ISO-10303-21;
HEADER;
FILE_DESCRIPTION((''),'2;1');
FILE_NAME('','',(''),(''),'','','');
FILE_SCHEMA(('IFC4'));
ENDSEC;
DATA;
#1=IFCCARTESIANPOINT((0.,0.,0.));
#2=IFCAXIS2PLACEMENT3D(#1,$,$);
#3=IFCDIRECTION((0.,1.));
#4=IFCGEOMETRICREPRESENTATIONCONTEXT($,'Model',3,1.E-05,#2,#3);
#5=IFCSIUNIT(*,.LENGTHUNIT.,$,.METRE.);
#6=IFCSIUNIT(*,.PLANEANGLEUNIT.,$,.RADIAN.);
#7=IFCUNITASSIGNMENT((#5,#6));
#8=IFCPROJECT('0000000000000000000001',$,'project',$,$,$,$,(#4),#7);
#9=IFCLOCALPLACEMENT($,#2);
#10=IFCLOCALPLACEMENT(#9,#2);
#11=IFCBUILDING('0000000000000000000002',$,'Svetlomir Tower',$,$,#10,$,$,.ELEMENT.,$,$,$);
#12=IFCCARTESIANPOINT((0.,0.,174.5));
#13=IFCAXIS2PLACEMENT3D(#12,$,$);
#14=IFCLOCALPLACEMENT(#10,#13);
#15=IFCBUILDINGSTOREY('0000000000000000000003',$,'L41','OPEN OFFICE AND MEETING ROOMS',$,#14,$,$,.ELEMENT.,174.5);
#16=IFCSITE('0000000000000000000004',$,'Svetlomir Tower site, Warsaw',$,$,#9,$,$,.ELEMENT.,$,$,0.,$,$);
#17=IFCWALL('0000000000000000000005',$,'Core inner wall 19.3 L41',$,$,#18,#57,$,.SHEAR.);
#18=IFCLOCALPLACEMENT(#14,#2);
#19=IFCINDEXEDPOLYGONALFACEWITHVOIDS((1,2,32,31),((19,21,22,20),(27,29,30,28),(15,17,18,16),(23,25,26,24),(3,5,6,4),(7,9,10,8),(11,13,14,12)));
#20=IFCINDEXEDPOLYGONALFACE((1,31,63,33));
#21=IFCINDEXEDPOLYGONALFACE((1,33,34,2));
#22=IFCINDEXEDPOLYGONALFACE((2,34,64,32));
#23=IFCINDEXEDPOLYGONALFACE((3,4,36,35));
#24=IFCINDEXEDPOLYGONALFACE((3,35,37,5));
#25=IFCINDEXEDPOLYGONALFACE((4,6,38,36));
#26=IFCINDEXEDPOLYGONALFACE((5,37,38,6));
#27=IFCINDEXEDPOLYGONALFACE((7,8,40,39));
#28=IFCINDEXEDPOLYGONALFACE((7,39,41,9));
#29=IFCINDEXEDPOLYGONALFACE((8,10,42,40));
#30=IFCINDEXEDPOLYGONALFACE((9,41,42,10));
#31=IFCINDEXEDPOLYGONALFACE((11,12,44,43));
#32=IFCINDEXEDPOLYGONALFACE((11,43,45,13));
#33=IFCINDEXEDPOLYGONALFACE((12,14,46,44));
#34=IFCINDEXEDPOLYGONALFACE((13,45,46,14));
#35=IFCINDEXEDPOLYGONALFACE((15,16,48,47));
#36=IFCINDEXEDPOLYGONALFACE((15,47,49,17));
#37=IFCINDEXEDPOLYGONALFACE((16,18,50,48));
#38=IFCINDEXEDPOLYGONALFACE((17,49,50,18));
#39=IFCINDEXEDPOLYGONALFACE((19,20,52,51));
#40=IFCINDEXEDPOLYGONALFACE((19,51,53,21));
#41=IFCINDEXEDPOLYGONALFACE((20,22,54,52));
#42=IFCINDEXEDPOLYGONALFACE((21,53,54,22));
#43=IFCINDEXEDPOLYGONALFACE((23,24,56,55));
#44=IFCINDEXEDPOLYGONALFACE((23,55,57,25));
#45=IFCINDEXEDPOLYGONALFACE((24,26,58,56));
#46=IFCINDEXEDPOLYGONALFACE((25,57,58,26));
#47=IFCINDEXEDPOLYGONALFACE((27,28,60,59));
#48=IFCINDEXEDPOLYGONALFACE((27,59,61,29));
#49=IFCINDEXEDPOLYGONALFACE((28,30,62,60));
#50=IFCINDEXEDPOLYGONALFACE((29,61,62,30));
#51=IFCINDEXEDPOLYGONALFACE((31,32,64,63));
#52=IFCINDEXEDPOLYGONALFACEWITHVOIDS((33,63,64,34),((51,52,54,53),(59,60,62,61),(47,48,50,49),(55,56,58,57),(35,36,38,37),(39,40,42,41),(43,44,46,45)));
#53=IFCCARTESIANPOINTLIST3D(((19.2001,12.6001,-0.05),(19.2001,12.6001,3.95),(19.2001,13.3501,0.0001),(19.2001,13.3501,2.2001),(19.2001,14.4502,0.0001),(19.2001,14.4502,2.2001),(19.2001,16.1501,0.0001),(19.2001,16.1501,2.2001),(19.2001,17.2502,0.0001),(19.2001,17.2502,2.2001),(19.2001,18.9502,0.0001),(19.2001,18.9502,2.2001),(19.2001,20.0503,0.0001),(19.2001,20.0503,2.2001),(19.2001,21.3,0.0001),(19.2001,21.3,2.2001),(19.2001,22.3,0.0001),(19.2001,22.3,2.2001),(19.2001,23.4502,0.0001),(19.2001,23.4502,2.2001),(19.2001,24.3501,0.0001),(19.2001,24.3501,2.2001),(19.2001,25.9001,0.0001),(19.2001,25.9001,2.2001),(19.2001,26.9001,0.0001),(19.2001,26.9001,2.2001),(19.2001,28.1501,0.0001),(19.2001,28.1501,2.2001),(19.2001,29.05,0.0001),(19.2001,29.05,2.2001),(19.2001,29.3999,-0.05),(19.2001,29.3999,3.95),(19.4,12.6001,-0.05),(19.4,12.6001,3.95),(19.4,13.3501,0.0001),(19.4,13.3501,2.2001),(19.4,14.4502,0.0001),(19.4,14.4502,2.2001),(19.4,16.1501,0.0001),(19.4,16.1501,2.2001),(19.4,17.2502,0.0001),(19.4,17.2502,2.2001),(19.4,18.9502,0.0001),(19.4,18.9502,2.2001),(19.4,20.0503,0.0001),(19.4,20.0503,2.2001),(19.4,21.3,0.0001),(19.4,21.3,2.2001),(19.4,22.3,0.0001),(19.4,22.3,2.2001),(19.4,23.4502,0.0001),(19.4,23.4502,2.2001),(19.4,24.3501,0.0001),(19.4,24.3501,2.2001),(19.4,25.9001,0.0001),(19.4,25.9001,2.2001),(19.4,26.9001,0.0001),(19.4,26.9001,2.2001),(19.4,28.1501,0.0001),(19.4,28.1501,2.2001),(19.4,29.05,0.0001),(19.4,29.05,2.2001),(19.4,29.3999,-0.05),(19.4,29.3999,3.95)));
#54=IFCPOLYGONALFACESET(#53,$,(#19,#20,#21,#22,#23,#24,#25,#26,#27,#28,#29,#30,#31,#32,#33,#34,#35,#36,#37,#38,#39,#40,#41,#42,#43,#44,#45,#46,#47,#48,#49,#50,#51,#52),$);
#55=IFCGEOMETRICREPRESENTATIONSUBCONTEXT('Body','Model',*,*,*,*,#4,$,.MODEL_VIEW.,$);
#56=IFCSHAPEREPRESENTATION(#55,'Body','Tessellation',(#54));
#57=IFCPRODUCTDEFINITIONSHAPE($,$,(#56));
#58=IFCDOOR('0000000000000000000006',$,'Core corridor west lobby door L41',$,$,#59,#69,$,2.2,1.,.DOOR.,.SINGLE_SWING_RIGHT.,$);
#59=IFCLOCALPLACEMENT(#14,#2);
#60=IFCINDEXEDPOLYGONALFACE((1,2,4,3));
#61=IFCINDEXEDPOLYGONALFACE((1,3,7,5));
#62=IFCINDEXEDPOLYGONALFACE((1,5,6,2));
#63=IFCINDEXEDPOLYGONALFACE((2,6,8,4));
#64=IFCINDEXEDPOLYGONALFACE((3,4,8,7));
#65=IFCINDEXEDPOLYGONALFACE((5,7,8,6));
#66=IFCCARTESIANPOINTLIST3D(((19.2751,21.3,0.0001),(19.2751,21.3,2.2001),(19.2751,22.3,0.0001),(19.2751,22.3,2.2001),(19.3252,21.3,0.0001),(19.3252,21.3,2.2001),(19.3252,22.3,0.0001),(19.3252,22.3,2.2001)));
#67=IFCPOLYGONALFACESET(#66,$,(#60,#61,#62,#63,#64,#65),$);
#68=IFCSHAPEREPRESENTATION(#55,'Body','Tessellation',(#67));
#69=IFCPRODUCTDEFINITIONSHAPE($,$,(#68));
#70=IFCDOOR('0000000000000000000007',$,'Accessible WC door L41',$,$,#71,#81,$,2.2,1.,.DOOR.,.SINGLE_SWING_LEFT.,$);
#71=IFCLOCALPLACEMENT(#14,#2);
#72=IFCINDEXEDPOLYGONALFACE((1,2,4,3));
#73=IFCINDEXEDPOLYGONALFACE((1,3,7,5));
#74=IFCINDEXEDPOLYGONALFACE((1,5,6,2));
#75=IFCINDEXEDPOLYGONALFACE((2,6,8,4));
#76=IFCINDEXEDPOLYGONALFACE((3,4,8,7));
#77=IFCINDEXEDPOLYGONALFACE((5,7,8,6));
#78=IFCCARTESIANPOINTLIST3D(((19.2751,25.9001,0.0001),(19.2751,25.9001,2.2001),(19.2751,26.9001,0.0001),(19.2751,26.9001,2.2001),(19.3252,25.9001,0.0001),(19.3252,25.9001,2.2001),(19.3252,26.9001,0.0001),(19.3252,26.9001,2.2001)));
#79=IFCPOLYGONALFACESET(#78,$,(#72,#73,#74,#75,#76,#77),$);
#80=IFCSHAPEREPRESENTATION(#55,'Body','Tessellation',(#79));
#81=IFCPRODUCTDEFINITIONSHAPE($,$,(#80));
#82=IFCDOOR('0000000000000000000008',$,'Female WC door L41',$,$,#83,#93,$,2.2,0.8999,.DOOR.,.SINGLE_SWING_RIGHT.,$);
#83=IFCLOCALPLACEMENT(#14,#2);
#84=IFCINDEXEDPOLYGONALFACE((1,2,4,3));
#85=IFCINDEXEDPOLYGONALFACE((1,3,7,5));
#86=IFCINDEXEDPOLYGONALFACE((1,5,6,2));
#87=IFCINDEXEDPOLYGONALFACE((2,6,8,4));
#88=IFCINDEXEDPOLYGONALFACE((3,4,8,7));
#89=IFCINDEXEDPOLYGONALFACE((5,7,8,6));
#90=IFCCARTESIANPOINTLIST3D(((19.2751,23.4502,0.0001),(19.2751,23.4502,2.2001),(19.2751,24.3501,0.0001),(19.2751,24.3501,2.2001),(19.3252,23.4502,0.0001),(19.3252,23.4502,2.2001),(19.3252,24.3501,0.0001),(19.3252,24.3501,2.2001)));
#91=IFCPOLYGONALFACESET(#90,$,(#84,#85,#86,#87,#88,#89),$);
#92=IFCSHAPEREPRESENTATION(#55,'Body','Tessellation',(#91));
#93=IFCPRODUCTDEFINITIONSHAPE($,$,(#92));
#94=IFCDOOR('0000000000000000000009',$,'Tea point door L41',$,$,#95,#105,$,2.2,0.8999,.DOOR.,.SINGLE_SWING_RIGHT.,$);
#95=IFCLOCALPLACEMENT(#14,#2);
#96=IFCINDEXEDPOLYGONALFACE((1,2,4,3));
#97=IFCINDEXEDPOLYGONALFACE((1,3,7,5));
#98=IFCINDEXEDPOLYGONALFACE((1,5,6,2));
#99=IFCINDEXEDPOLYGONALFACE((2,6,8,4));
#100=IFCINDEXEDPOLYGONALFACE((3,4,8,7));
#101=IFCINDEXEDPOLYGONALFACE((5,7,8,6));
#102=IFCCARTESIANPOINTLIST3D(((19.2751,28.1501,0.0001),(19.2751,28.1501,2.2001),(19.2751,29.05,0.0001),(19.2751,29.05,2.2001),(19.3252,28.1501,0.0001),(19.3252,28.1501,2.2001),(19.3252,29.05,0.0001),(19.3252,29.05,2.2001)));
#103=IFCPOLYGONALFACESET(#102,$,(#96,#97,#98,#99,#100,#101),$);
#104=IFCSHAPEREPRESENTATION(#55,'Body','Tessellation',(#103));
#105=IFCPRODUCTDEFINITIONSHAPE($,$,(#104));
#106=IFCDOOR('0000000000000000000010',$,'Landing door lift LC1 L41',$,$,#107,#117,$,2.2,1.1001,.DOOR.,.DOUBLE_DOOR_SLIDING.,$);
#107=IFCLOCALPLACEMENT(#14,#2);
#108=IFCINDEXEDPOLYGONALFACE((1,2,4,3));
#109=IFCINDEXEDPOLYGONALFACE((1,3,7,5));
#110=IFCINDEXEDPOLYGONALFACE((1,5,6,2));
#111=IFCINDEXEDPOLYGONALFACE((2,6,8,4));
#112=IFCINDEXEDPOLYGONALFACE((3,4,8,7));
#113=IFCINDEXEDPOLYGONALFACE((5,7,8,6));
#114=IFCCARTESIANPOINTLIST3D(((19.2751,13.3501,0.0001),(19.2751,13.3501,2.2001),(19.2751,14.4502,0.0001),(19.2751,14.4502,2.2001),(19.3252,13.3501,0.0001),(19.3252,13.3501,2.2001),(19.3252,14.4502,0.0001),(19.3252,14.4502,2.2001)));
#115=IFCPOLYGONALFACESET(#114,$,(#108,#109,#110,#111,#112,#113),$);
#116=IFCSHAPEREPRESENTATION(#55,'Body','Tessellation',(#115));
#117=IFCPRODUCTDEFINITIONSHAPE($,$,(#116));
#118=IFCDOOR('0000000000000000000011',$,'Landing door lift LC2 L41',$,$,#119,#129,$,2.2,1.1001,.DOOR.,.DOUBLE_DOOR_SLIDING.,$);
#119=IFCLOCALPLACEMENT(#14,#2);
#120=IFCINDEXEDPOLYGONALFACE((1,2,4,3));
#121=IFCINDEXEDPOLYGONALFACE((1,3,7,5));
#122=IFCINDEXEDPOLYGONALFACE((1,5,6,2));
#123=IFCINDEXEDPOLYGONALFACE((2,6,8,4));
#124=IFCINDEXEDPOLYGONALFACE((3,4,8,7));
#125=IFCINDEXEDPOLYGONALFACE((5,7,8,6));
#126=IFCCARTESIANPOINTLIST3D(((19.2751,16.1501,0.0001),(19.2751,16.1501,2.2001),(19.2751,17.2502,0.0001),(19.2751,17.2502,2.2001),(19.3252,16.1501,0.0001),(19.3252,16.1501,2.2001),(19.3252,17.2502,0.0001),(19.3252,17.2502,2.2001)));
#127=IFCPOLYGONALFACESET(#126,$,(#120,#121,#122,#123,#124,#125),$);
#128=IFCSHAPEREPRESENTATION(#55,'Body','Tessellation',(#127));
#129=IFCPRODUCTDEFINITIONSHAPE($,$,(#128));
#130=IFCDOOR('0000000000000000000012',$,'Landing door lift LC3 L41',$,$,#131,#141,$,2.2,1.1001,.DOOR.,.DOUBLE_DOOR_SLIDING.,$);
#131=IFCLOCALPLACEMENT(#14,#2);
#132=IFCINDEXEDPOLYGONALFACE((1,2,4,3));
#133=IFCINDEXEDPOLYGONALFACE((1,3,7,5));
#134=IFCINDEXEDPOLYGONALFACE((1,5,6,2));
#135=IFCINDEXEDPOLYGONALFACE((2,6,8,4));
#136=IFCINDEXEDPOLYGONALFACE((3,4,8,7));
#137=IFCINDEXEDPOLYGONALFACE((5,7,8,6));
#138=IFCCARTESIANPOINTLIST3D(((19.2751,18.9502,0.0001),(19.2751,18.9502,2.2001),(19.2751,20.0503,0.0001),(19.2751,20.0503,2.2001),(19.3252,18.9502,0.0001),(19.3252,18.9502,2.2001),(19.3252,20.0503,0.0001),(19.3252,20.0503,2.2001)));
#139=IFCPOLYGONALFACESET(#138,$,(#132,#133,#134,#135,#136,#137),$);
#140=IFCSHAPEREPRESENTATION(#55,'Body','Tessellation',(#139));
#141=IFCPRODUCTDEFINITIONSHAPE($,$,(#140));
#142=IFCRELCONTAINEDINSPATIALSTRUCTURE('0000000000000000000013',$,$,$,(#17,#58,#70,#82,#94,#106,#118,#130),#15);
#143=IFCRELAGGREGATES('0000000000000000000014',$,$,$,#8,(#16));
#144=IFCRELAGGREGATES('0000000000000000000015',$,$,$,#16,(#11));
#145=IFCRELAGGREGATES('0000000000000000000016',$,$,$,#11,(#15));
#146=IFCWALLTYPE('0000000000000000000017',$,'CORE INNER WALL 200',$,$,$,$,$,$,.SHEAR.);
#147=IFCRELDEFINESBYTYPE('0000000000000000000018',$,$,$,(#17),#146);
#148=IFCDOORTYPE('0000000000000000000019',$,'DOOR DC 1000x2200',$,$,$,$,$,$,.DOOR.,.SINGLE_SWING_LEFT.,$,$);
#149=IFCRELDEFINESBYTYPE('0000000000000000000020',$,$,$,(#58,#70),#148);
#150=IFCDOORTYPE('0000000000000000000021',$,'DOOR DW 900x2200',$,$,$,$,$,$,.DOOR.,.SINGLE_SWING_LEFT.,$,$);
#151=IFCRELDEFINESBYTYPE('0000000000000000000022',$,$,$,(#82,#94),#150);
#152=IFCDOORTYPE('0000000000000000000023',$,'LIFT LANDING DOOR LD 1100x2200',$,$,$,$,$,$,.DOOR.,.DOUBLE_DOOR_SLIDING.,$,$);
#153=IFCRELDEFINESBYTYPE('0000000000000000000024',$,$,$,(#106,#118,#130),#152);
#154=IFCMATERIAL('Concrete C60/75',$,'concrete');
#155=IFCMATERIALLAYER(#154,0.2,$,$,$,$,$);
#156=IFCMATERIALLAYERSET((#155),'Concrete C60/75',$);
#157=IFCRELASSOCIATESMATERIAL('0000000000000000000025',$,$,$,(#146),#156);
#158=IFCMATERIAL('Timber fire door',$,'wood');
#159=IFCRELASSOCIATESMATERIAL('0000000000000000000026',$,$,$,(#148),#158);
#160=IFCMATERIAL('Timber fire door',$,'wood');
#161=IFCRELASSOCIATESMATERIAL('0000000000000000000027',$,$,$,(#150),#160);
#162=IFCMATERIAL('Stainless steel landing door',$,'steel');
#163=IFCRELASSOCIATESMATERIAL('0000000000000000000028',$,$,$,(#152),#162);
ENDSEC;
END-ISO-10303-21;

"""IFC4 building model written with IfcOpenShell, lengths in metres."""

from ifc_helpers import new_model, si_unit, direction, frame, frame_2d, origin, place, context, subcontext, project, spatial, rectangle, extrude, material, layer, layer_set, type_object, element, fill, save


model = new_model("IFC4")

# Units and contexts
model_context = context("Model", 3, precision=1e-05, world=origin(), true_north=direction((0.0, 1.0)))
body_context = subcontext(model_context, "Body", "Model", "MODEL_VIEW")
ifc_project = project(units=[si_unit("LENGTHUNIT", "METRE"), si_unit("PLANEANGLEUNIT", "RADIAN")], contexts=[model_context])

# Site, building, storey
site_placement = place(None, origin())
site = spatial("IfcSite", under=ifc_project, at=site_placement, Name="Svetlomir Tower site, Warsaw", CompositionType="ELEMENT", RefElevation=0.0)
building_placement = place(site_placement, origin())
building = spatial("IfcBuilding", under=site, at=building_placement, Name="Svetlomir Tower", CompositionType="ELEMENT")
storey_placement = place(building_placement, frame((0.0, 0.0, 174.5)))
storey = spatial("IfcBuildingStorey", under=building, at=storey_placement, Name="L41", Description="OPEN OFFICE AND MEETING ROOMS", CompositionType="ELEMENT", Elevation=174.5)

# Shared definitions
ifc_material_1 = material(Name="Concrete C60/75", Category="concrete")
ifc_layer_1 = layer(ifc_material_1, 0.2)
ifc_layer_set_1 = layer_set([ifc_layer_1], Name="Concrete C60/75")
wall_type_1 = type_object("IfcWallType", Name="CORE INNER WALL 200", PredefinedType="SHEAR", material=ifc_layer_set_1)

# Wall, openings, doors
wall_1_placement = place(storey_placement, frame((19.3, 12.6001, -0.05), z_axis=(0.0, 0.0, 1.0), x_axis=(0.0, 1.0, 0.0)))
wall_1 = element("IfcWall", 1, at=wall_1_placement, inside=storey, type_object=wall_type_1, Name="Core inner wall 19.3 L41", PredefinedType="SHEAR", context=body_context, shape_type="SweptSolid", body=[
    extrude(rectangle(XDim=16.7998, YDim=0.2, at=frame_2d((8.3999, 0.0))), origin(), (0.0, 0.0, 1.0), 4.0),
])
opening_1_placement = place(wall_1_placement, frame((8.7, 0.0, 0.05)))
opening_1 = element("IfcOpeningElement", 2, at=opening_1_placement, cuts=wall_1, PredefinedType="OPENING", context=body_context, shape_type="SweptSolid", body=[
    extrude(rectangle(XDim=1.0, YDim=2.2, at=frame_2d((0.5, 1.1001))), frame((0.0, 0.1099, 0.0), z_axis=(0.0, -1.0, 0.0), x_axis=(1.0, 0.0, 0.0)), (0.0, 0.0, 1.0), 0.22),
])
opening_2_placement = place(wall_1_placement, frame((10.8501, 0.0, 0.05)))
opening_2 = element("IfcOpeningElement", 3, at=opening_2_placement, cuts=wall_1, PredefinedType="OPENING", context=body_context, shape_type="SweptSolid", body=[
    extrude(rectangle(XDim=0.8999, YDim=2.2, at=frame_2d((0.45, 1.1001))), frame((0.0, 0.1099, 0.0), z_axis=(0.0, -1.0, 0.0), x_axis=(1.0, 0.0, 0.0)), (0.0, 0.0, 1.0), 0.22),
])
opening_3_placement = place(wall_1_placement, frame((13.3, 0.0, 0.05)))
opening_3 = element("IfcOpeningElement", 4, at=opening_3_placement, cuts=wall_1, PredefinedType="OPENING", context=body_context, shape_type="SweptSolid", body=[
    extrude(rectangle(XDim=1.0, YDim=2.2, at=frame_2d((0.5, 1.1001))), frame((0.0, 0.1099, 0.0), z_axis=(0.0, -1.0, 0.0), x_axis=(1.0, 0.0, 0.0)), (0.0, 0.0, 1.0), 0.22),
])
opening_4_placement = place(wall_1_placement, frame((15.55, 0.0, 0.05)))
opening_4 = element("IfcOpeningElement", 5, at=opening_4_placement, cuts=wall_1, PredefinedType="OPENING", context=body_context, shape_type="SweptSolid", body=[
    extrude(rectangle(XDim=0.8999, YDim=2.2, at=frame_2d((0.45, 1.1001))), frame((0.0, 0.1099, 0.0), z_axis=(0.0, -1.0, 0.0), x_axis=(1.0, 0.0, 0.0)), (0.0, 0.0, 1.0), 0.22),
])
opening_5_placement = place(wall_1_placement, frame((0.75, 0.0, 0.05)))
opening_5 = element("IfcOpeningElement", 6, at=opening_5_placement, cuts=wall_1, PredefinedType="OPENING", context=body_context, shape_type="SweptSolid", body=[
    extrude(rectangle(XDim=1.1001, YDim=2.2, at=frame_2d((0.55, 1.1001))), frame((0.0, 0.1099, 0.0), z_axis=(0.0, -1.0, 0.0), x_axis=(1.0, 0.0, 0.0)), (0.0, 0.0, 1.0), 0.22),
])
opening_6_placement = place(wall_1_placement, frame((3.55, 0.0, 0.05)))
opening_6 = element("IfcOpeningElement", 7, at=opening_6_placement, cuts=wall_1, PredefinedType="OPENING", context=body_context, shape_type="SweptSolid", body=[
    extrude(rectangle(XDim=1.1001, YDim=2.2, at=frame_2d((0.55, 1.1001))), frame((0.0, 0.1099, 0.0), z_axis=(0.0, -1.0, 0.0), x_axis=(1.0, 0.0, 0.0)), (0.0, 0.0, 1.0), 0.22),
])
opening_7_placement = place(wall_1_placement, frame((6.3501, 0.0, 0.05)))
opening_7 = element("IfcOpeningElement", 8, at=opening_7_placement, cuts=wall_1, PredefinedType="OPENING", context=body_context, shape_type="SweptSolid", body=[
    extrude(rectangle(XDim=1.1001, YDim=2.2, at=frame_2d((0.55, 1.1001))), frame((0.0, 0.1099, 0.0), z_axis=(0.0, -1.0, 0.0), x_axis=(1.0, 0.0, 0.0)), (0.0, 0.0, 1.0), 0.22),
])
ifc_material_2 = material(Name="Timber fire door", Category="wood")
door_type_1 = type_object("IfcDoorType", Name="DOOR DC 1000x2200", OperationType="SINGLE_SWING_LEFT", PredefinedType="DOOR", material=ifc_material_2)
door_1_placement = place(opening_1_placement, origin())
door_1 = element("IfcDoor", 9, at=door_1_placement, inside=storey, type_object=door_type_1, Name="Core corridor west lobby door L41", OperationType="SINGLE_SWING_RIGHT", OverallHeight=2.2, OverallWidth=1.0, PredefinedType="DOOR", context=body_context, shape_type="SweptSolid", body=[
    extrude(rectangle(XDim=1.0, YDim=2.2, at=frame_2d((0.5, 1.1001))), frame((0.0, 0.0249, 0.0), z_axis=(0.0, -1.0, 0.0), x_axis=(1.0, 0.0, 0.0)), (0.0, 0.0, 1.0), 0.05),
])
fill(opening_1, door_1)
door_2_placement = place(opening_3_placement, origin())
door_2 = element("IfcDoor", 10, at=door_2_placement, inside=storey, type_object=door_type_1, Name="Accessible WC door L41", OperationType="SINGLE_SWING_LEFT", OverallHeight=2.2, OverallWidth=1.0, PredefinedType="DOOR", context=body_context, shape_type="SweptSolid", body=[
    extrude(rectangle(XDim=1.0, YDim=2.2, at=frame_2d((0.5, 1.1001))), frame((0.0, 0.0249, 0.0), z_axis=(0.0, -1.0, 0.0), x_axis=(1.0, 0.0, 0.0)), (0.0, 0.0, 1.0), 0.05),
])
fill(opening_3, door_2)
ifc_material_3 = material(Name="Timber fire door", Category="wood")
door_type_2 = type_object("IfcDoorType", Name="DOOR DW 900x2200", OperationType="SINGLE_SWING_LEFT", PredefinedType="DOOR", material=ifc_material_3)
door_3_placement = place(opening_2_placement, origin())
door_3 = element("IfcDoor", 11, at=door_3_placement, inside=storey, type_object=door_type_2, Name="Female WC door L41", OperationType="SINGLE_SWING_RIGHT", OverallHeight=2.2, OverallWidth=0.8999, PredefinedType="DOOR", context=body_context, shape_type="SweptSolid", body=[
    extrude(rectangle(XDim=0.8999, YDim=2.2, at=frame_2d((0.45, 1.1001))), frame((0.0, 0.0249, 0.0), z_axis=(0.0, -1.0, 0.0), x_axis=(1.0, 0.0, 0.0)), (0.0, 0.0, 1.0), 0.05),
])
fill(opening_2, door_3)
door_4_placement = place(opening_4_placement, origin())
door_4 = element("IfcDoor", 12, at=door_4_placement, inside=storey, type_object=door_type_2, Name="Tea point door L41", OperationType="SINGLE_SWING_RIGHT", OverallHeight=2.2, OverallWidth=0.8999, PredefinedType="DOOR", context=body_context, shape_type="SweptSolid", body=[
    extrude(rectangle(XDim=0.8999, YDim=2.2, at=frame_2d((0.45, 1.1001))), frame((0.0, 0.0249, 0.0), z_axis=(0.0, -1.0, 0.0), x_axis=(1.0, 0.0, 0.0)), (0.0, 0.0, 1.0), 0.05),
])
fill(opening_4, door_4)
ifc_material_4 = material(Name="Stainless steel landing door", Category="steel")
door_type_3 = type_object("IfcDoorType", Name="LIFT LANDING DOOR LD 1100x2200", OperationType="DOUBLE_DOOR_SLIDING", PredefinedType="DOOR", material=ifc_material_4)
door_5_placement = place(opening_5_placement, origin())
door_5 = element("IfcDoor", 13, at=door_5_placement, inside=storey, type_object=door_type_3, Name="Landing door lift LC1 L41", OperationType="DOUBLE_DOOR_SLIDING", OverallHeight=2.2, OverallWidth=1.1001, PredefinedType="DOOR", context=body_context, shape_type="SweptSolid", body=[
    extrude(rectangle(XDim=1.1001, YDim=2.2, at=frame_2d((0.55, 1.1001))), frame((0.0, 0.0249, 0.0), z_axis=(0.0, -1.0, 0.0), x_axis=(1.0, 0.0, 0.0)), (0.0, 0.0, 1.0), 0.05),
])
fill(opening_5, door_5)
door_6_placement = place(opening_6_placement, origin())
door_6 = element("IfcDoor", 14, at=door_6_placement, inside=storey, type_object=door_type_3, Name="Landing door lift LC2 L41", OperationType="DOUBLE_DOOR_SLIDING", OverallHeight=2.2, OverallWidth=1.1001, PredefinedType="DOOR", context=body_context, shape_type="SweptSolid", body=[
    extrude(rectangle(XDim=1.1001, YDim=2.2, at=frame_2d((0.55, 1.1001))), frame((0.0, 0.0249, 0.0), z_axis=(0.0, -1.0, 0.0), x_axis=(1.0, 0.0, 0.0)), (0.0, 0.0, 1.0), 0.05),
])
fill(opening_6, door_6)
door_7_placement = place(opening_7_placement, origin())
door_7 = element("IfcDoor", 15, at=door_7_placement, inside=storey, type_object=door_type_3, Name="Landing door lift LC3 L41", OperationType="DOUBLE_DOOR_SLIDING", OverallHeight=2.2, OverallWidth=1.1001, PredefinedType="DOOR", context=body_context, shape_type="SweptSolid", body=[
    extrude(rectangle(XDim=1.1001, YDim=2.2, at=frame_2d((0.55, 1.1001))), frame((0.0, 0.0249, 0.0), z_axis=(0.0, -1.0, 0.0), x_axis=(1.0, 0.0, 0.0)), (0.0, 0.0, 1.0), 0.05),
])
fill(opening_7, door_7)

save(model, "model.ifc")
